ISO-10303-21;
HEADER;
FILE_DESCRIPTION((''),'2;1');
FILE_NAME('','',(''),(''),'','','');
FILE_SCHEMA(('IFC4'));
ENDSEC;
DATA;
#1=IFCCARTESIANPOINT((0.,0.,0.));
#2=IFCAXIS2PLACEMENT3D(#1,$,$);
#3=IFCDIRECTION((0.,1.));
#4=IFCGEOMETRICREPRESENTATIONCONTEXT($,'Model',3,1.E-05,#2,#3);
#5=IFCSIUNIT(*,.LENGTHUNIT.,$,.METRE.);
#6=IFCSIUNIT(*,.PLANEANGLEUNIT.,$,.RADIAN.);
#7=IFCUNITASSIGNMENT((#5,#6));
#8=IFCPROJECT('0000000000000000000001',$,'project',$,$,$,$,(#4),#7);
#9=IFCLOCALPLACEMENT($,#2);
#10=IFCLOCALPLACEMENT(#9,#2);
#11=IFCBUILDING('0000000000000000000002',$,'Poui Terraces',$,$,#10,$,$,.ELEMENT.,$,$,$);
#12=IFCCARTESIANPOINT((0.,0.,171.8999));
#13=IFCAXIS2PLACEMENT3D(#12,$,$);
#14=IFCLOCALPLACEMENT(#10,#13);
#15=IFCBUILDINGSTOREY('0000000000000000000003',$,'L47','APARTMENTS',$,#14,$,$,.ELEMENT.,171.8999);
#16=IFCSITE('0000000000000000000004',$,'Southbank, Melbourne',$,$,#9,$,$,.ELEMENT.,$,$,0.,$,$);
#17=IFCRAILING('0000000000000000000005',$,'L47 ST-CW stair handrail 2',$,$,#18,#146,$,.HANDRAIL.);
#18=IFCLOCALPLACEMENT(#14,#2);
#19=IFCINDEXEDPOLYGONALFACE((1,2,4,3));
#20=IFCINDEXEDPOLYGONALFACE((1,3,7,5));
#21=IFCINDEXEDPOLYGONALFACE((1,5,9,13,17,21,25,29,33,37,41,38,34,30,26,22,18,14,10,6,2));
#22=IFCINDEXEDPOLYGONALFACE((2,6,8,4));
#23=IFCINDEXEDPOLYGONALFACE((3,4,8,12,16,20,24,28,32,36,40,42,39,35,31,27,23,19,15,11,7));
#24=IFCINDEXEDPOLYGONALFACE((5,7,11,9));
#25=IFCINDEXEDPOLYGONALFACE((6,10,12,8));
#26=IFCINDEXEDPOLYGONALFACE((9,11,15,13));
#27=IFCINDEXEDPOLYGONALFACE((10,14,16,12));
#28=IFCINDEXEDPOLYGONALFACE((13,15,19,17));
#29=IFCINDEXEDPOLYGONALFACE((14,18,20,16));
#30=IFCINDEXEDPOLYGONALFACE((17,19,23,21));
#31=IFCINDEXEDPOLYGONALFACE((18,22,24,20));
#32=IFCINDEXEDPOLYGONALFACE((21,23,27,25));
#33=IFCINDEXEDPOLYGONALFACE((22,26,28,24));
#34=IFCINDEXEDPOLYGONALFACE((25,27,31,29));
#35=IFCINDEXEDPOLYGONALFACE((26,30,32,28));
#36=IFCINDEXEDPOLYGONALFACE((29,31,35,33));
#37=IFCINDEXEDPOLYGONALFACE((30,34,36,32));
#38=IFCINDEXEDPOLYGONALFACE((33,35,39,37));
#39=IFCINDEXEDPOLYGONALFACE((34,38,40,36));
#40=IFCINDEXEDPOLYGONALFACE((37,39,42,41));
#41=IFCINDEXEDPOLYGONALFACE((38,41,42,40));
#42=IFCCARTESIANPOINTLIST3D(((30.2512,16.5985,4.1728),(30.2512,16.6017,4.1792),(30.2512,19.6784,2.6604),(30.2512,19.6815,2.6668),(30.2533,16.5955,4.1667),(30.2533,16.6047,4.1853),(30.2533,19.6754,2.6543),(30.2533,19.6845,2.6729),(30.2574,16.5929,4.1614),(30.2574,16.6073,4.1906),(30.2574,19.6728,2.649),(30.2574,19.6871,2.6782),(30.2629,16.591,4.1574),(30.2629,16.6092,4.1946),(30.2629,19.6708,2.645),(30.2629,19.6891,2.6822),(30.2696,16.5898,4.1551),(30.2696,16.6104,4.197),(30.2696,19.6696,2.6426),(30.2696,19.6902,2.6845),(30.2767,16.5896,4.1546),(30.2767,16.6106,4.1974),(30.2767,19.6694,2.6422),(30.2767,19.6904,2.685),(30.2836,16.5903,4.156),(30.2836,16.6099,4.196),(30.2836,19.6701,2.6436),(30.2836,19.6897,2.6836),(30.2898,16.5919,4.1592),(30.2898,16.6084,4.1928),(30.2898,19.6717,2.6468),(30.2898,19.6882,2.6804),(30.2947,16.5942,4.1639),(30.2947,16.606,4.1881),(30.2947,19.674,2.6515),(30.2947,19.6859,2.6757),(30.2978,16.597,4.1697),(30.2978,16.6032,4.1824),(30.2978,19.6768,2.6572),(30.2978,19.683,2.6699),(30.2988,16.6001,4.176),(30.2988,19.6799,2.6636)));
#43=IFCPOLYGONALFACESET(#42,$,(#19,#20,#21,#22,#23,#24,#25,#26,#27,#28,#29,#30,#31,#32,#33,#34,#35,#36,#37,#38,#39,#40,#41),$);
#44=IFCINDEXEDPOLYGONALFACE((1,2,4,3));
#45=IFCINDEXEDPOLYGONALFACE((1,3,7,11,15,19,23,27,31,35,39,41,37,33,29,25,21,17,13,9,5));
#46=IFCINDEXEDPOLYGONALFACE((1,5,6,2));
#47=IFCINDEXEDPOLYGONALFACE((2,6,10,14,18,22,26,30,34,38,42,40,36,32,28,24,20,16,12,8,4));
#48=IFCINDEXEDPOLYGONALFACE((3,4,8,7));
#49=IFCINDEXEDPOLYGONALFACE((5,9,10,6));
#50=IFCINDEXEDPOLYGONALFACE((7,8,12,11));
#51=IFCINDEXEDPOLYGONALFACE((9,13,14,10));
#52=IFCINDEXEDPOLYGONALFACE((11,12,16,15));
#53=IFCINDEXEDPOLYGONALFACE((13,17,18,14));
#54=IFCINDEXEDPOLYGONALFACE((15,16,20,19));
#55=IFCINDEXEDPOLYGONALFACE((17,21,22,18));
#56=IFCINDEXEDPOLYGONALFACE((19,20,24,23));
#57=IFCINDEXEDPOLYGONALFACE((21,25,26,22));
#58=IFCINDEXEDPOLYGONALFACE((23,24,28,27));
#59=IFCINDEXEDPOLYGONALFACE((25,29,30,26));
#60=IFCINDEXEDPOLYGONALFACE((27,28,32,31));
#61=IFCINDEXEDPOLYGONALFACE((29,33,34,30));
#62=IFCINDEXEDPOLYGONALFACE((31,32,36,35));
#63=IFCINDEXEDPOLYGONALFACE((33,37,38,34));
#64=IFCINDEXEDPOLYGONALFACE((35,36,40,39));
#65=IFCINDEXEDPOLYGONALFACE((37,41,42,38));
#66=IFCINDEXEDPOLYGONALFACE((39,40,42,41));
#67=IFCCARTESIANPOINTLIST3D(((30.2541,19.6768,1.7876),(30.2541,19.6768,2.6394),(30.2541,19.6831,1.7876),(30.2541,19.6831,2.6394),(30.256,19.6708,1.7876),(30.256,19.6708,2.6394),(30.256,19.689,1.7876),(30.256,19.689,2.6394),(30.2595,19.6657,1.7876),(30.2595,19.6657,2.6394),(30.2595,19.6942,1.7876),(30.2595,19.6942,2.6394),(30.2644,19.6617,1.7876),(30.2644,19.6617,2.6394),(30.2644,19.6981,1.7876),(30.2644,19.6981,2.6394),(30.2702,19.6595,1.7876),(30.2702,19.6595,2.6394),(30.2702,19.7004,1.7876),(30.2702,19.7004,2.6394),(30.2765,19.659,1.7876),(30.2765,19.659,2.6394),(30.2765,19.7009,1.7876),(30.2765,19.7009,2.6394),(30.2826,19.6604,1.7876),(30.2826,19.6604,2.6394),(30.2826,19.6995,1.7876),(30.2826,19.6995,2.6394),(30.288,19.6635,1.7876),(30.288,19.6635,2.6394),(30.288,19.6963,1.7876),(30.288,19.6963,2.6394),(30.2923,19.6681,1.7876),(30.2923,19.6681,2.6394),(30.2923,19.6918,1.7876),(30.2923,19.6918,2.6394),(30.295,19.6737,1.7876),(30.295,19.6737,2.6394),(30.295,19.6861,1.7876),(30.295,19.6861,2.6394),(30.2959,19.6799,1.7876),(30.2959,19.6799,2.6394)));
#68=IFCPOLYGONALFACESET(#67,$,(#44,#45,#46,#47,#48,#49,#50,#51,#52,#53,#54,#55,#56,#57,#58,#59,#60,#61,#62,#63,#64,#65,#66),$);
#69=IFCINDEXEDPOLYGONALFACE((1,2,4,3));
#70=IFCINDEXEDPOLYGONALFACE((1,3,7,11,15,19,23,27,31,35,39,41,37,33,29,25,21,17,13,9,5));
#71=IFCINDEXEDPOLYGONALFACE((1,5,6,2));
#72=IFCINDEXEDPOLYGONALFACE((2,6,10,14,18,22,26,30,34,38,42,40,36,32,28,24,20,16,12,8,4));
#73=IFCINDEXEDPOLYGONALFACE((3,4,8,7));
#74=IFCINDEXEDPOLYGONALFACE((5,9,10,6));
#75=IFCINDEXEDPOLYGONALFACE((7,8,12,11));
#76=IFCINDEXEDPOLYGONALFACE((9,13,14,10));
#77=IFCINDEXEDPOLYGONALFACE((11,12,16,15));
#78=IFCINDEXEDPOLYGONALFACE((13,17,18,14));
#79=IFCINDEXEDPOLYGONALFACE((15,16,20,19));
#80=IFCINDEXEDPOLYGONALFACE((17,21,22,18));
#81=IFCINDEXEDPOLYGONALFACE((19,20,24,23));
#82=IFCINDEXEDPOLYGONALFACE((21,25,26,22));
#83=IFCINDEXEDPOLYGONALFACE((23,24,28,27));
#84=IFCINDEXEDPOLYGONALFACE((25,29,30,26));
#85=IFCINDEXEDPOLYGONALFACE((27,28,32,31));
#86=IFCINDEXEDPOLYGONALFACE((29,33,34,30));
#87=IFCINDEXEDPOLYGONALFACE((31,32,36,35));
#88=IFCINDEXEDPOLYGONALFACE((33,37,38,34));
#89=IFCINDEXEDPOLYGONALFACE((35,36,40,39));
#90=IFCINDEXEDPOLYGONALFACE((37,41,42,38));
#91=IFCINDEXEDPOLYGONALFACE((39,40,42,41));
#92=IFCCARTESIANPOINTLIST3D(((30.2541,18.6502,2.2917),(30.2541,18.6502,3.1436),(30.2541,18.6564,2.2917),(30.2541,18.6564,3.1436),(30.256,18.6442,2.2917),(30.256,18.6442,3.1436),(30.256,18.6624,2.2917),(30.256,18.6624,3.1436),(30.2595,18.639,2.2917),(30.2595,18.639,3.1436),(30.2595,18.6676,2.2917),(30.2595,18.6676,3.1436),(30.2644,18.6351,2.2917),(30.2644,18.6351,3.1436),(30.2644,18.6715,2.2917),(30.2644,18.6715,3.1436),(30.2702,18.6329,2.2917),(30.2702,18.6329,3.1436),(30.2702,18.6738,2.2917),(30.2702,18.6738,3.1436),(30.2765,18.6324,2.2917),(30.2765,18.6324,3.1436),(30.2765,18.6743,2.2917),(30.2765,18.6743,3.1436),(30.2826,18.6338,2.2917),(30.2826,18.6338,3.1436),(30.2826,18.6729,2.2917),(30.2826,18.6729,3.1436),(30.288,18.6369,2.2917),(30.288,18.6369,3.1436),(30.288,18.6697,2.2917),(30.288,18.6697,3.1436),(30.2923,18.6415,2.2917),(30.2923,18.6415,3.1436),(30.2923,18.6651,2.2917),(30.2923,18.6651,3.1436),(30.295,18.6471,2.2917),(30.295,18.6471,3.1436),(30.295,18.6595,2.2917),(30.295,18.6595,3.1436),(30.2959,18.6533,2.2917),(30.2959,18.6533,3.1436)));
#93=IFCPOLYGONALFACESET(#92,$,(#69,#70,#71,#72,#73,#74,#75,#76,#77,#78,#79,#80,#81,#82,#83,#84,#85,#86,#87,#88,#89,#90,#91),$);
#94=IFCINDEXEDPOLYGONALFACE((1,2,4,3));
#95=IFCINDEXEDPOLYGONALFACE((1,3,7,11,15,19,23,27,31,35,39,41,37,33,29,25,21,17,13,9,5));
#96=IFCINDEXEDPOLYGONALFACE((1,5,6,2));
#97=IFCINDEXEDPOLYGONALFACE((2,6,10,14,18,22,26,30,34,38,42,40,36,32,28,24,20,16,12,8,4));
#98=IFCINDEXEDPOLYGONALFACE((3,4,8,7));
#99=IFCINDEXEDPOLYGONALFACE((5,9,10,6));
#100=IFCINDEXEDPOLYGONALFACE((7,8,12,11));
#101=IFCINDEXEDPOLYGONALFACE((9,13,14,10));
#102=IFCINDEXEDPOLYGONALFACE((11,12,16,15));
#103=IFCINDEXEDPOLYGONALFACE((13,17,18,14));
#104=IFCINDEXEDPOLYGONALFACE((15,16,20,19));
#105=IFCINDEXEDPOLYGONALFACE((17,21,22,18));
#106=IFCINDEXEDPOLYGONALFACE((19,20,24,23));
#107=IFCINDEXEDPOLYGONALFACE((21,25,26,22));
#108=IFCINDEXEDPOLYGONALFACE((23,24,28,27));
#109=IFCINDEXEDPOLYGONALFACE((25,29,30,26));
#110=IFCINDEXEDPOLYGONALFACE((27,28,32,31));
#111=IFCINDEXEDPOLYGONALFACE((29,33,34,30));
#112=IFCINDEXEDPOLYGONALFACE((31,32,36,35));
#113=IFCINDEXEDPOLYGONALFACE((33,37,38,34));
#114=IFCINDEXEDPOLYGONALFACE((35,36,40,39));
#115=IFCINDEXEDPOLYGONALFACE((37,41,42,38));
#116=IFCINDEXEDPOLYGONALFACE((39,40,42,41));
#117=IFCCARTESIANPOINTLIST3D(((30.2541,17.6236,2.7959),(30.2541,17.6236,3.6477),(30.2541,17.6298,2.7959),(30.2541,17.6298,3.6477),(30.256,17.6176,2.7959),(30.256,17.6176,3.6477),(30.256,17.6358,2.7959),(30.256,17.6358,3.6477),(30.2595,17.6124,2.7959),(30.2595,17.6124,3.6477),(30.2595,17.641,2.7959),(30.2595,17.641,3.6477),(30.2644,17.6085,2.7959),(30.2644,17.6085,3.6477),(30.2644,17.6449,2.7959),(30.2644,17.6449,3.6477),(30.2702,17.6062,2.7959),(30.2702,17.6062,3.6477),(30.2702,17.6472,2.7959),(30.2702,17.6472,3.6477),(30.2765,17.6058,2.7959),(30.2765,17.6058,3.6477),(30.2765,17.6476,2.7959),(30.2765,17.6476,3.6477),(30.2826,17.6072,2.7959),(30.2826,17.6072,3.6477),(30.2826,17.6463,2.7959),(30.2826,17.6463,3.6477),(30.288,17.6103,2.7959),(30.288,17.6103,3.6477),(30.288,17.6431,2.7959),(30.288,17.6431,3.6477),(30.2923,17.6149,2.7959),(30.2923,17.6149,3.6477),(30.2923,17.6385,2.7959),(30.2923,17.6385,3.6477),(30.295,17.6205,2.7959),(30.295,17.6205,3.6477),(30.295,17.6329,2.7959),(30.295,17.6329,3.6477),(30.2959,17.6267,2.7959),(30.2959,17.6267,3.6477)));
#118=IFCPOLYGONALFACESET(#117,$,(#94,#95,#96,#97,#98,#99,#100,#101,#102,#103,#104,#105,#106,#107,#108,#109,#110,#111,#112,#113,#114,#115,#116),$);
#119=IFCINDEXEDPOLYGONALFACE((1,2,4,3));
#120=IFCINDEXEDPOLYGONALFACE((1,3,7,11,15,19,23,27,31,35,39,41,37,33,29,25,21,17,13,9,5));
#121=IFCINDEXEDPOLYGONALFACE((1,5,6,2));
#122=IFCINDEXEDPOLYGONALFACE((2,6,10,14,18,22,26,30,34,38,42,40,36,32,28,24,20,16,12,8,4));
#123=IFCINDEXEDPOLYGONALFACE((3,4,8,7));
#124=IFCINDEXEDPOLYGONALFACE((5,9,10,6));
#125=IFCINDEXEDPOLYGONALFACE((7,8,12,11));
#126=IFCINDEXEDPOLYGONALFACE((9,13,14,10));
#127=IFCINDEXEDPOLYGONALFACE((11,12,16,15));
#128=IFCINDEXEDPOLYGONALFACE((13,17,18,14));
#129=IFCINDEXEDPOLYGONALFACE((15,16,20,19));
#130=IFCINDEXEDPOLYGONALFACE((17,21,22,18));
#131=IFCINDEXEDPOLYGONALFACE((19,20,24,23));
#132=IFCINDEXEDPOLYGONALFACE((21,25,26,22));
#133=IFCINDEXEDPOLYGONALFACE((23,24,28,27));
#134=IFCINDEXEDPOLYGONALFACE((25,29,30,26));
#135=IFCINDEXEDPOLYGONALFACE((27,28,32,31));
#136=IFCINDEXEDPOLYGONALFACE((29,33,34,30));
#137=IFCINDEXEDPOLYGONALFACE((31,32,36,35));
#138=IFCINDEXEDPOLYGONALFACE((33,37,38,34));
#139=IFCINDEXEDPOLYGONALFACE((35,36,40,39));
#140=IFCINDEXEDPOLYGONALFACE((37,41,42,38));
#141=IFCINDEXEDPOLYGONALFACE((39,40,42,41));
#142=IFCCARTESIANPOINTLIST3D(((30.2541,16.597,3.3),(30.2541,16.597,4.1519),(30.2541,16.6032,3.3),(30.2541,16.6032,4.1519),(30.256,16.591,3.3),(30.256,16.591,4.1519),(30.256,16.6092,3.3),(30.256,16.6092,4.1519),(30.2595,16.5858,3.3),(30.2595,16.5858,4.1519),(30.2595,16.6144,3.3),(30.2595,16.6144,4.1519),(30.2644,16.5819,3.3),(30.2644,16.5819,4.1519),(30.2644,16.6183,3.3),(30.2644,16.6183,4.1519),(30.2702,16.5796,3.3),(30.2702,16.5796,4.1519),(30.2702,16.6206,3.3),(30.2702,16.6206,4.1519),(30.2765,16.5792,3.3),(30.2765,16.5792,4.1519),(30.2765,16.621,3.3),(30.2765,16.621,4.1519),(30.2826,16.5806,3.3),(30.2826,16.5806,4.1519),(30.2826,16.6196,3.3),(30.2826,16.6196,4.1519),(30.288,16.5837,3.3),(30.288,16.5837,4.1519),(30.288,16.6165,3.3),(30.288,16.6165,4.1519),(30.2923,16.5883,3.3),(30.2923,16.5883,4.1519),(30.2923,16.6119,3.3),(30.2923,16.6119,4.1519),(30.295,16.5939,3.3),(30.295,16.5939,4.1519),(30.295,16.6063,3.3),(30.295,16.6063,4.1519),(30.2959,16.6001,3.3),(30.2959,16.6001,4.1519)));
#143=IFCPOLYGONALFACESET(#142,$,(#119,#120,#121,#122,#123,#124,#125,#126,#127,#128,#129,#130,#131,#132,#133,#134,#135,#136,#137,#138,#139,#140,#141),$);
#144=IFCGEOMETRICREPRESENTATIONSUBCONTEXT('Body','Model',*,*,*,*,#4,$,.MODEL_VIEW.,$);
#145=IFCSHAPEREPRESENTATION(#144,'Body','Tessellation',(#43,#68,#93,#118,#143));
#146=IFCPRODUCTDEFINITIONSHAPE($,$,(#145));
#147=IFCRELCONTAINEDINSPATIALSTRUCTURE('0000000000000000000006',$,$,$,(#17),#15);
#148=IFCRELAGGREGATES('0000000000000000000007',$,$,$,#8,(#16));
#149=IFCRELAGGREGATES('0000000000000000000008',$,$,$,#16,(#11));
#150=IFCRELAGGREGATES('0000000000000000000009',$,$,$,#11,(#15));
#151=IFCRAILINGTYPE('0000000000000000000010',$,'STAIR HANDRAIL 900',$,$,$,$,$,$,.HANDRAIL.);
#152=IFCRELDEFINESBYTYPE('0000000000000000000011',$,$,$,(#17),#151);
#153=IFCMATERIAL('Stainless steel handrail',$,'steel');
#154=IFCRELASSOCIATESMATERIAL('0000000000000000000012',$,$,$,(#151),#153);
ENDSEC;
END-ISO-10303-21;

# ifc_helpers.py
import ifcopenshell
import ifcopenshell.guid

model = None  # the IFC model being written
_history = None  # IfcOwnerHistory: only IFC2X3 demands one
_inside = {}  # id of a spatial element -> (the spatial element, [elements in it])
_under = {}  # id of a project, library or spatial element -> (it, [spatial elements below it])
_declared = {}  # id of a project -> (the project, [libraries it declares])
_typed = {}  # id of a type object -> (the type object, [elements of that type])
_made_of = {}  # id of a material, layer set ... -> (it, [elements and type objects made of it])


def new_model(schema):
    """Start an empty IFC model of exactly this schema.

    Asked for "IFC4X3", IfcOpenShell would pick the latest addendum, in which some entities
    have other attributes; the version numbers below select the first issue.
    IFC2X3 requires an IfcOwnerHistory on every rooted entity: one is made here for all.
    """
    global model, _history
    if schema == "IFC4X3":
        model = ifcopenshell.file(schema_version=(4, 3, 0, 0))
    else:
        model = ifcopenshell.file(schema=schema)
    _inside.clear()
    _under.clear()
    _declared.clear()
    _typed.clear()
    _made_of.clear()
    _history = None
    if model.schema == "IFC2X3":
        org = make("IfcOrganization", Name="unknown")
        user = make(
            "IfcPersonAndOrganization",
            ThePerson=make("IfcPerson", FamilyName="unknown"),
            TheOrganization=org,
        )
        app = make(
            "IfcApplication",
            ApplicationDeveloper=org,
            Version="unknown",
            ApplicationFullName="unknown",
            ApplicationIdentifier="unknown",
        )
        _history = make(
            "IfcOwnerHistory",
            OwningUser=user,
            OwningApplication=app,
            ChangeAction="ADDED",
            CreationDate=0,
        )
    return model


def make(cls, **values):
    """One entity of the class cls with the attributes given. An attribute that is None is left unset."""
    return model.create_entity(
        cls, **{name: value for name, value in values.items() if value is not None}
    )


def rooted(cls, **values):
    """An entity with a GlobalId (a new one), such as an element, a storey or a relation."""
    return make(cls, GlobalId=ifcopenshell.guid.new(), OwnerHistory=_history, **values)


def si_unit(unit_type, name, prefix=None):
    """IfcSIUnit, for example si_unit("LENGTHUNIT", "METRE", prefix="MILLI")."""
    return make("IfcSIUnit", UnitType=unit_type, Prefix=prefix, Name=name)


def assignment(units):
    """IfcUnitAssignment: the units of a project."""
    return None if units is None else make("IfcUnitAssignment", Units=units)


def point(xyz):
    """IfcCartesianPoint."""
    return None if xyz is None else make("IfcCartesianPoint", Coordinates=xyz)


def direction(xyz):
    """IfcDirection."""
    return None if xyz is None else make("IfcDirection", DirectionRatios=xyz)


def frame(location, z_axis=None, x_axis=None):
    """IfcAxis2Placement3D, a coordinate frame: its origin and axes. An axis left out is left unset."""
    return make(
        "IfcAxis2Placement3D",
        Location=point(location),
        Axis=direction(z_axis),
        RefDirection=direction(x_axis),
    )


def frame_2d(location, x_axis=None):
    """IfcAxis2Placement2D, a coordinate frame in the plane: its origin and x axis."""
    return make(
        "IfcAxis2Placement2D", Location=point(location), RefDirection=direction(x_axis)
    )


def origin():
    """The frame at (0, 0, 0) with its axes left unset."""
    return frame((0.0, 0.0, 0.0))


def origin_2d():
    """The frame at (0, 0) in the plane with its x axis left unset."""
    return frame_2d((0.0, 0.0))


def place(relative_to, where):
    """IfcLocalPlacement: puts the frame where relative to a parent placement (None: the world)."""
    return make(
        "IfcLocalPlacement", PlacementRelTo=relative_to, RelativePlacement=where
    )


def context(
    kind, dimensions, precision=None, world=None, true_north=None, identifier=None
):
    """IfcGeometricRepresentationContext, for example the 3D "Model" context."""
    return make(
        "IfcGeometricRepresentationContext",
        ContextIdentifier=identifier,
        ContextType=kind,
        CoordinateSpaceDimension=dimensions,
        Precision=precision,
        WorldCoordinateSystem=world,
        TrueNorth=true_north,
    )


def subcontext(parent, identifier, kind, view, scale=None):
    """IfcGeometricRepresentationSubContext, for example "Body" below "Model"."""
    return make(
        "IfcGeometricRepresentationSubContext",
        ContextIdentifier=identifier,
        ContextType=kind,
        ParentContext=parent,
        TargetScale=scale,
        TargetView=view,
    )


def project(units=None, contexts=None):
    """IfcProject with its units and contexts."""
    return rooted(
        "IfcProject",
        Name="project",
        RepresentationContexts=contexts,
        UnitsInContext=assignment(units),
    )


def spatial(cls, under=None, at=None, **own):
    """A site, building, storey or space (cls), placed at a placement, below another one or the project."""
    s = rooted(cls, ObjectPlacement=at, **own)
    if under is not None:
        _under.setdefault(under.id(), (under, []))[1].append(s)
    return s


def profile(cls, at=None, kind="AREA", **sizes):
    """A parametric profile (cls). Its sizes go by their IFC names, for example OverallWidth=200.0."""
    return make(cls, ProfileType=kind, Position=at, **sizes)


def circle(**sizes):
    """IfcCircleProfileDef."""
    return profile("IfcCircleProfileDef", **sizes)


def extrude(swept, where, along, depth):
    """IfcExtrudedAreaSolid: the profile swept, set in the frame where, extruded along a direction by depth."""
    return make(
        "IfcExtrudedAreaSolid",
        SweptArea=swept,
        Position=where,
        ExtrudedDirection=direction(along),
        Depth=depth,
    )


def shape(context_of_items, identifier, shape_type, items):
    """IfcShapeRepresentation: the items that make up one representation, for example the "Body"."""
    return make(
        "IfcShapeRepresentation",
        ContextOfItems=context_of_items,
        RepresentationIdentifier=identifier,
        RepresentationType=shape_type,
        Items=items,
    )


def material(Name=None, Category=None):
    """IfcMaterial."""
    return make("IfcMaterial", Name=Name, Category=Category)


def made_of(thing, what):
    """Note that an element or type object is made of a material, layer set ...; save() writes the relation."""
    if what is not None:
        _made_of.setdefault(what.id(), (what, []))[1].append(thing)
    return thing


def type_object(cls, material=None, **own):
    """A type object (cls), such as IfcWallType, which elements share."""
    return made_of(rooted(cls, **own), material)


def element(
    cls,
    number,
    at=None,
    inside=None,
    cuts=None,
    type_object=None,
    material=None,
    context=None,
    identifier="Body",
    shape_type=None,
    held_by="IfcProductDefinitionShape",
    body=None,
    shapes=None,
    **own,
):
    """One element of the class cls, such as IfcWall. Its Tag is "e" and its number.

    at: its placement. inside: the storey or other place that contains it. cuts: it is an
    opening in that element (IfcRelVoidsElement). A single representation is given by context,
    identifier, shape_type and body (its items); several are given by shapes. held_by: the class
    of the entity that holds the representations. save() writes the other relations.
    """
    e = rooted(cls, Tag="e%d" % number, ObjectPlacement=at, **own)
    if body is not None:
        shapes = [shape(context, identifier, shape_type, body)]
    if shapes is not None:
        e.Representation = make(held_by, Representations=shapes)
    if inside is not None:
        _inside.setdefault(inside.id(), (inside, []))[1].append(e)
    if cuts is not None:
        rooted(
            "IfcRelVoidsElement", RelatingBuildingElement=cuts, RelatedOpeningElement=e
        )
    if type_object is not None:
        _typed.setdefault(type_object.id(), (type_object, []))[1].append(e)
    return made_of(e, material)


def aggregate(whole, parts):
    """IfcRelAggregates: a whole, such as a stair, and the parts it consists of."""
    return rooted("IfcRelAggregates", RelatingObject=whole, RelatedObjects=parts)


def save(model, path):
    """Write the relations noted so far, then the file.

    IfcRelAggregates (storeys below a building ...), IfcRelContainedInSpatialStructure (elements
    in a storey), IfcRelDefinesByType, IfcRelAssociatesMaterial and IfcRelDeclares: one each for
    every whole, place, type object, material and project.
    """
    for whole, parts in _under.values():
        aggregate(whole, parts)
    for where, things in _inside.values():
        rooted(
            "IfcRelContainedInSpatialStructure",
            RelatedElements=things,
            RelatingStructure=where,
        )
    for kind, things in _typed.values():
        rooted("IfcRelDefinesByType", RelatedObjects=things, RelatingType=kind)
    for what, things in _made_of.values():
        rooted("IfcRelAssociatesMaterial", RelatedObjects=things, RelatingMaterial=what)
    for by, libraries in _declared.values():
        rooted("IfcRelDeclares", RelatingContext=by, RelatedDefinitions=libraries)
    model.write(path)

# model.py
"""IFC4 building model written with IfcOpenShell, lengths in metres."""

from ifc_helpers import new_model, si_unit, direction, frame, origin, origin_2d, place, context, subcontext, project, spatial, circle, extrude, material, type_object, element, save


model = new_model("IFC4")

# Units and contexts
model_context = context("Model", 3, precision=1e-05, world=origin(), true_north=direction((0.0, 1.0)))
body_context = subcontext(model_context, "Body", "Model", "MODEL_VIEW")
ifc_project = project(units=[si_unit("LENGTHUNIT", "METRE"), si_unit("PLANEANGLEUNIT", "RADIAN")], contexts=[model_context])

# Site, building, storey
site_placement = place(None, origin())
site = spatial("IfcSite", under=ifc_project, at=site_placement, Name="Southbank, Melbourne", CompositionType="ELEMENT", RefElevation=0.0)
building_placement = place(site_placement, origin())
building = spatial("IfcBuilding", under=site, at=building_placement, Name="Poui Terraces", CompositionType="ELEMENT")
storey_placement = place(building_placement, frame((0.0, 0.0, 171.8999)))
storey = spatial("IfcBuildingStorey", under=building, at=storey_placement, Name="L47", Description="APARTMENTS", CompositionType="ELEMENT", Elevation=171.8999)

# Railing
ifc_material_1 = material(Name="Stainless steel handrail", Category="steel")
railing_type_1 = type_object("IfcRailingType", Name="STAIR HANDRAIL 900", PredefinedType="HANDRAIL", material=ifc_material_1)
railing_1_placement = place(storey_placement, frame((30.2749, 19.6799, 1.7876)))
element("IfcRailing", 1, at=railing_1_placement, inside=storey, type_object=railing_type_1, Name="L47 ST-CW stair handrail 2", PredefinedType="HANDRAIL", context=body_context, shape_type="SweptSolid", body=[
    extrude(circle(Radius=0.0239, at=origin_2d()), frame((0.0, 0.0, 0.876), z_axis=(0.0, -0.897606, 0.440798), x_axis=(1.0, 0.0, 0.0)), (0.0, 0.0, 1.0), 3.4312),
    extrude(circle(Radius=0.021, at=origin_2d()), origin(), (0.0, 0.0, 1.0), 0.8518),
    extrude(circle(Radius=0.021, at=origin_2d()), frame((0.0, -1.0266, 0.5042)), (0.0, 0.0, 1.0), 0.8518),
    extrude(circle(Radius=0.021, at=origin_2d()), frame((0.0, -2.0532, 1.0083)), (0.0, 0.0, 1.0), 0.8518),
    extrude(circle(Radius=0.021, at=origin_2d()), frame((0.0, -3.0798, 1.5125)), (0.0, 0.0, 1.0), 0.8518),
])

save(model, "model.ifc")
